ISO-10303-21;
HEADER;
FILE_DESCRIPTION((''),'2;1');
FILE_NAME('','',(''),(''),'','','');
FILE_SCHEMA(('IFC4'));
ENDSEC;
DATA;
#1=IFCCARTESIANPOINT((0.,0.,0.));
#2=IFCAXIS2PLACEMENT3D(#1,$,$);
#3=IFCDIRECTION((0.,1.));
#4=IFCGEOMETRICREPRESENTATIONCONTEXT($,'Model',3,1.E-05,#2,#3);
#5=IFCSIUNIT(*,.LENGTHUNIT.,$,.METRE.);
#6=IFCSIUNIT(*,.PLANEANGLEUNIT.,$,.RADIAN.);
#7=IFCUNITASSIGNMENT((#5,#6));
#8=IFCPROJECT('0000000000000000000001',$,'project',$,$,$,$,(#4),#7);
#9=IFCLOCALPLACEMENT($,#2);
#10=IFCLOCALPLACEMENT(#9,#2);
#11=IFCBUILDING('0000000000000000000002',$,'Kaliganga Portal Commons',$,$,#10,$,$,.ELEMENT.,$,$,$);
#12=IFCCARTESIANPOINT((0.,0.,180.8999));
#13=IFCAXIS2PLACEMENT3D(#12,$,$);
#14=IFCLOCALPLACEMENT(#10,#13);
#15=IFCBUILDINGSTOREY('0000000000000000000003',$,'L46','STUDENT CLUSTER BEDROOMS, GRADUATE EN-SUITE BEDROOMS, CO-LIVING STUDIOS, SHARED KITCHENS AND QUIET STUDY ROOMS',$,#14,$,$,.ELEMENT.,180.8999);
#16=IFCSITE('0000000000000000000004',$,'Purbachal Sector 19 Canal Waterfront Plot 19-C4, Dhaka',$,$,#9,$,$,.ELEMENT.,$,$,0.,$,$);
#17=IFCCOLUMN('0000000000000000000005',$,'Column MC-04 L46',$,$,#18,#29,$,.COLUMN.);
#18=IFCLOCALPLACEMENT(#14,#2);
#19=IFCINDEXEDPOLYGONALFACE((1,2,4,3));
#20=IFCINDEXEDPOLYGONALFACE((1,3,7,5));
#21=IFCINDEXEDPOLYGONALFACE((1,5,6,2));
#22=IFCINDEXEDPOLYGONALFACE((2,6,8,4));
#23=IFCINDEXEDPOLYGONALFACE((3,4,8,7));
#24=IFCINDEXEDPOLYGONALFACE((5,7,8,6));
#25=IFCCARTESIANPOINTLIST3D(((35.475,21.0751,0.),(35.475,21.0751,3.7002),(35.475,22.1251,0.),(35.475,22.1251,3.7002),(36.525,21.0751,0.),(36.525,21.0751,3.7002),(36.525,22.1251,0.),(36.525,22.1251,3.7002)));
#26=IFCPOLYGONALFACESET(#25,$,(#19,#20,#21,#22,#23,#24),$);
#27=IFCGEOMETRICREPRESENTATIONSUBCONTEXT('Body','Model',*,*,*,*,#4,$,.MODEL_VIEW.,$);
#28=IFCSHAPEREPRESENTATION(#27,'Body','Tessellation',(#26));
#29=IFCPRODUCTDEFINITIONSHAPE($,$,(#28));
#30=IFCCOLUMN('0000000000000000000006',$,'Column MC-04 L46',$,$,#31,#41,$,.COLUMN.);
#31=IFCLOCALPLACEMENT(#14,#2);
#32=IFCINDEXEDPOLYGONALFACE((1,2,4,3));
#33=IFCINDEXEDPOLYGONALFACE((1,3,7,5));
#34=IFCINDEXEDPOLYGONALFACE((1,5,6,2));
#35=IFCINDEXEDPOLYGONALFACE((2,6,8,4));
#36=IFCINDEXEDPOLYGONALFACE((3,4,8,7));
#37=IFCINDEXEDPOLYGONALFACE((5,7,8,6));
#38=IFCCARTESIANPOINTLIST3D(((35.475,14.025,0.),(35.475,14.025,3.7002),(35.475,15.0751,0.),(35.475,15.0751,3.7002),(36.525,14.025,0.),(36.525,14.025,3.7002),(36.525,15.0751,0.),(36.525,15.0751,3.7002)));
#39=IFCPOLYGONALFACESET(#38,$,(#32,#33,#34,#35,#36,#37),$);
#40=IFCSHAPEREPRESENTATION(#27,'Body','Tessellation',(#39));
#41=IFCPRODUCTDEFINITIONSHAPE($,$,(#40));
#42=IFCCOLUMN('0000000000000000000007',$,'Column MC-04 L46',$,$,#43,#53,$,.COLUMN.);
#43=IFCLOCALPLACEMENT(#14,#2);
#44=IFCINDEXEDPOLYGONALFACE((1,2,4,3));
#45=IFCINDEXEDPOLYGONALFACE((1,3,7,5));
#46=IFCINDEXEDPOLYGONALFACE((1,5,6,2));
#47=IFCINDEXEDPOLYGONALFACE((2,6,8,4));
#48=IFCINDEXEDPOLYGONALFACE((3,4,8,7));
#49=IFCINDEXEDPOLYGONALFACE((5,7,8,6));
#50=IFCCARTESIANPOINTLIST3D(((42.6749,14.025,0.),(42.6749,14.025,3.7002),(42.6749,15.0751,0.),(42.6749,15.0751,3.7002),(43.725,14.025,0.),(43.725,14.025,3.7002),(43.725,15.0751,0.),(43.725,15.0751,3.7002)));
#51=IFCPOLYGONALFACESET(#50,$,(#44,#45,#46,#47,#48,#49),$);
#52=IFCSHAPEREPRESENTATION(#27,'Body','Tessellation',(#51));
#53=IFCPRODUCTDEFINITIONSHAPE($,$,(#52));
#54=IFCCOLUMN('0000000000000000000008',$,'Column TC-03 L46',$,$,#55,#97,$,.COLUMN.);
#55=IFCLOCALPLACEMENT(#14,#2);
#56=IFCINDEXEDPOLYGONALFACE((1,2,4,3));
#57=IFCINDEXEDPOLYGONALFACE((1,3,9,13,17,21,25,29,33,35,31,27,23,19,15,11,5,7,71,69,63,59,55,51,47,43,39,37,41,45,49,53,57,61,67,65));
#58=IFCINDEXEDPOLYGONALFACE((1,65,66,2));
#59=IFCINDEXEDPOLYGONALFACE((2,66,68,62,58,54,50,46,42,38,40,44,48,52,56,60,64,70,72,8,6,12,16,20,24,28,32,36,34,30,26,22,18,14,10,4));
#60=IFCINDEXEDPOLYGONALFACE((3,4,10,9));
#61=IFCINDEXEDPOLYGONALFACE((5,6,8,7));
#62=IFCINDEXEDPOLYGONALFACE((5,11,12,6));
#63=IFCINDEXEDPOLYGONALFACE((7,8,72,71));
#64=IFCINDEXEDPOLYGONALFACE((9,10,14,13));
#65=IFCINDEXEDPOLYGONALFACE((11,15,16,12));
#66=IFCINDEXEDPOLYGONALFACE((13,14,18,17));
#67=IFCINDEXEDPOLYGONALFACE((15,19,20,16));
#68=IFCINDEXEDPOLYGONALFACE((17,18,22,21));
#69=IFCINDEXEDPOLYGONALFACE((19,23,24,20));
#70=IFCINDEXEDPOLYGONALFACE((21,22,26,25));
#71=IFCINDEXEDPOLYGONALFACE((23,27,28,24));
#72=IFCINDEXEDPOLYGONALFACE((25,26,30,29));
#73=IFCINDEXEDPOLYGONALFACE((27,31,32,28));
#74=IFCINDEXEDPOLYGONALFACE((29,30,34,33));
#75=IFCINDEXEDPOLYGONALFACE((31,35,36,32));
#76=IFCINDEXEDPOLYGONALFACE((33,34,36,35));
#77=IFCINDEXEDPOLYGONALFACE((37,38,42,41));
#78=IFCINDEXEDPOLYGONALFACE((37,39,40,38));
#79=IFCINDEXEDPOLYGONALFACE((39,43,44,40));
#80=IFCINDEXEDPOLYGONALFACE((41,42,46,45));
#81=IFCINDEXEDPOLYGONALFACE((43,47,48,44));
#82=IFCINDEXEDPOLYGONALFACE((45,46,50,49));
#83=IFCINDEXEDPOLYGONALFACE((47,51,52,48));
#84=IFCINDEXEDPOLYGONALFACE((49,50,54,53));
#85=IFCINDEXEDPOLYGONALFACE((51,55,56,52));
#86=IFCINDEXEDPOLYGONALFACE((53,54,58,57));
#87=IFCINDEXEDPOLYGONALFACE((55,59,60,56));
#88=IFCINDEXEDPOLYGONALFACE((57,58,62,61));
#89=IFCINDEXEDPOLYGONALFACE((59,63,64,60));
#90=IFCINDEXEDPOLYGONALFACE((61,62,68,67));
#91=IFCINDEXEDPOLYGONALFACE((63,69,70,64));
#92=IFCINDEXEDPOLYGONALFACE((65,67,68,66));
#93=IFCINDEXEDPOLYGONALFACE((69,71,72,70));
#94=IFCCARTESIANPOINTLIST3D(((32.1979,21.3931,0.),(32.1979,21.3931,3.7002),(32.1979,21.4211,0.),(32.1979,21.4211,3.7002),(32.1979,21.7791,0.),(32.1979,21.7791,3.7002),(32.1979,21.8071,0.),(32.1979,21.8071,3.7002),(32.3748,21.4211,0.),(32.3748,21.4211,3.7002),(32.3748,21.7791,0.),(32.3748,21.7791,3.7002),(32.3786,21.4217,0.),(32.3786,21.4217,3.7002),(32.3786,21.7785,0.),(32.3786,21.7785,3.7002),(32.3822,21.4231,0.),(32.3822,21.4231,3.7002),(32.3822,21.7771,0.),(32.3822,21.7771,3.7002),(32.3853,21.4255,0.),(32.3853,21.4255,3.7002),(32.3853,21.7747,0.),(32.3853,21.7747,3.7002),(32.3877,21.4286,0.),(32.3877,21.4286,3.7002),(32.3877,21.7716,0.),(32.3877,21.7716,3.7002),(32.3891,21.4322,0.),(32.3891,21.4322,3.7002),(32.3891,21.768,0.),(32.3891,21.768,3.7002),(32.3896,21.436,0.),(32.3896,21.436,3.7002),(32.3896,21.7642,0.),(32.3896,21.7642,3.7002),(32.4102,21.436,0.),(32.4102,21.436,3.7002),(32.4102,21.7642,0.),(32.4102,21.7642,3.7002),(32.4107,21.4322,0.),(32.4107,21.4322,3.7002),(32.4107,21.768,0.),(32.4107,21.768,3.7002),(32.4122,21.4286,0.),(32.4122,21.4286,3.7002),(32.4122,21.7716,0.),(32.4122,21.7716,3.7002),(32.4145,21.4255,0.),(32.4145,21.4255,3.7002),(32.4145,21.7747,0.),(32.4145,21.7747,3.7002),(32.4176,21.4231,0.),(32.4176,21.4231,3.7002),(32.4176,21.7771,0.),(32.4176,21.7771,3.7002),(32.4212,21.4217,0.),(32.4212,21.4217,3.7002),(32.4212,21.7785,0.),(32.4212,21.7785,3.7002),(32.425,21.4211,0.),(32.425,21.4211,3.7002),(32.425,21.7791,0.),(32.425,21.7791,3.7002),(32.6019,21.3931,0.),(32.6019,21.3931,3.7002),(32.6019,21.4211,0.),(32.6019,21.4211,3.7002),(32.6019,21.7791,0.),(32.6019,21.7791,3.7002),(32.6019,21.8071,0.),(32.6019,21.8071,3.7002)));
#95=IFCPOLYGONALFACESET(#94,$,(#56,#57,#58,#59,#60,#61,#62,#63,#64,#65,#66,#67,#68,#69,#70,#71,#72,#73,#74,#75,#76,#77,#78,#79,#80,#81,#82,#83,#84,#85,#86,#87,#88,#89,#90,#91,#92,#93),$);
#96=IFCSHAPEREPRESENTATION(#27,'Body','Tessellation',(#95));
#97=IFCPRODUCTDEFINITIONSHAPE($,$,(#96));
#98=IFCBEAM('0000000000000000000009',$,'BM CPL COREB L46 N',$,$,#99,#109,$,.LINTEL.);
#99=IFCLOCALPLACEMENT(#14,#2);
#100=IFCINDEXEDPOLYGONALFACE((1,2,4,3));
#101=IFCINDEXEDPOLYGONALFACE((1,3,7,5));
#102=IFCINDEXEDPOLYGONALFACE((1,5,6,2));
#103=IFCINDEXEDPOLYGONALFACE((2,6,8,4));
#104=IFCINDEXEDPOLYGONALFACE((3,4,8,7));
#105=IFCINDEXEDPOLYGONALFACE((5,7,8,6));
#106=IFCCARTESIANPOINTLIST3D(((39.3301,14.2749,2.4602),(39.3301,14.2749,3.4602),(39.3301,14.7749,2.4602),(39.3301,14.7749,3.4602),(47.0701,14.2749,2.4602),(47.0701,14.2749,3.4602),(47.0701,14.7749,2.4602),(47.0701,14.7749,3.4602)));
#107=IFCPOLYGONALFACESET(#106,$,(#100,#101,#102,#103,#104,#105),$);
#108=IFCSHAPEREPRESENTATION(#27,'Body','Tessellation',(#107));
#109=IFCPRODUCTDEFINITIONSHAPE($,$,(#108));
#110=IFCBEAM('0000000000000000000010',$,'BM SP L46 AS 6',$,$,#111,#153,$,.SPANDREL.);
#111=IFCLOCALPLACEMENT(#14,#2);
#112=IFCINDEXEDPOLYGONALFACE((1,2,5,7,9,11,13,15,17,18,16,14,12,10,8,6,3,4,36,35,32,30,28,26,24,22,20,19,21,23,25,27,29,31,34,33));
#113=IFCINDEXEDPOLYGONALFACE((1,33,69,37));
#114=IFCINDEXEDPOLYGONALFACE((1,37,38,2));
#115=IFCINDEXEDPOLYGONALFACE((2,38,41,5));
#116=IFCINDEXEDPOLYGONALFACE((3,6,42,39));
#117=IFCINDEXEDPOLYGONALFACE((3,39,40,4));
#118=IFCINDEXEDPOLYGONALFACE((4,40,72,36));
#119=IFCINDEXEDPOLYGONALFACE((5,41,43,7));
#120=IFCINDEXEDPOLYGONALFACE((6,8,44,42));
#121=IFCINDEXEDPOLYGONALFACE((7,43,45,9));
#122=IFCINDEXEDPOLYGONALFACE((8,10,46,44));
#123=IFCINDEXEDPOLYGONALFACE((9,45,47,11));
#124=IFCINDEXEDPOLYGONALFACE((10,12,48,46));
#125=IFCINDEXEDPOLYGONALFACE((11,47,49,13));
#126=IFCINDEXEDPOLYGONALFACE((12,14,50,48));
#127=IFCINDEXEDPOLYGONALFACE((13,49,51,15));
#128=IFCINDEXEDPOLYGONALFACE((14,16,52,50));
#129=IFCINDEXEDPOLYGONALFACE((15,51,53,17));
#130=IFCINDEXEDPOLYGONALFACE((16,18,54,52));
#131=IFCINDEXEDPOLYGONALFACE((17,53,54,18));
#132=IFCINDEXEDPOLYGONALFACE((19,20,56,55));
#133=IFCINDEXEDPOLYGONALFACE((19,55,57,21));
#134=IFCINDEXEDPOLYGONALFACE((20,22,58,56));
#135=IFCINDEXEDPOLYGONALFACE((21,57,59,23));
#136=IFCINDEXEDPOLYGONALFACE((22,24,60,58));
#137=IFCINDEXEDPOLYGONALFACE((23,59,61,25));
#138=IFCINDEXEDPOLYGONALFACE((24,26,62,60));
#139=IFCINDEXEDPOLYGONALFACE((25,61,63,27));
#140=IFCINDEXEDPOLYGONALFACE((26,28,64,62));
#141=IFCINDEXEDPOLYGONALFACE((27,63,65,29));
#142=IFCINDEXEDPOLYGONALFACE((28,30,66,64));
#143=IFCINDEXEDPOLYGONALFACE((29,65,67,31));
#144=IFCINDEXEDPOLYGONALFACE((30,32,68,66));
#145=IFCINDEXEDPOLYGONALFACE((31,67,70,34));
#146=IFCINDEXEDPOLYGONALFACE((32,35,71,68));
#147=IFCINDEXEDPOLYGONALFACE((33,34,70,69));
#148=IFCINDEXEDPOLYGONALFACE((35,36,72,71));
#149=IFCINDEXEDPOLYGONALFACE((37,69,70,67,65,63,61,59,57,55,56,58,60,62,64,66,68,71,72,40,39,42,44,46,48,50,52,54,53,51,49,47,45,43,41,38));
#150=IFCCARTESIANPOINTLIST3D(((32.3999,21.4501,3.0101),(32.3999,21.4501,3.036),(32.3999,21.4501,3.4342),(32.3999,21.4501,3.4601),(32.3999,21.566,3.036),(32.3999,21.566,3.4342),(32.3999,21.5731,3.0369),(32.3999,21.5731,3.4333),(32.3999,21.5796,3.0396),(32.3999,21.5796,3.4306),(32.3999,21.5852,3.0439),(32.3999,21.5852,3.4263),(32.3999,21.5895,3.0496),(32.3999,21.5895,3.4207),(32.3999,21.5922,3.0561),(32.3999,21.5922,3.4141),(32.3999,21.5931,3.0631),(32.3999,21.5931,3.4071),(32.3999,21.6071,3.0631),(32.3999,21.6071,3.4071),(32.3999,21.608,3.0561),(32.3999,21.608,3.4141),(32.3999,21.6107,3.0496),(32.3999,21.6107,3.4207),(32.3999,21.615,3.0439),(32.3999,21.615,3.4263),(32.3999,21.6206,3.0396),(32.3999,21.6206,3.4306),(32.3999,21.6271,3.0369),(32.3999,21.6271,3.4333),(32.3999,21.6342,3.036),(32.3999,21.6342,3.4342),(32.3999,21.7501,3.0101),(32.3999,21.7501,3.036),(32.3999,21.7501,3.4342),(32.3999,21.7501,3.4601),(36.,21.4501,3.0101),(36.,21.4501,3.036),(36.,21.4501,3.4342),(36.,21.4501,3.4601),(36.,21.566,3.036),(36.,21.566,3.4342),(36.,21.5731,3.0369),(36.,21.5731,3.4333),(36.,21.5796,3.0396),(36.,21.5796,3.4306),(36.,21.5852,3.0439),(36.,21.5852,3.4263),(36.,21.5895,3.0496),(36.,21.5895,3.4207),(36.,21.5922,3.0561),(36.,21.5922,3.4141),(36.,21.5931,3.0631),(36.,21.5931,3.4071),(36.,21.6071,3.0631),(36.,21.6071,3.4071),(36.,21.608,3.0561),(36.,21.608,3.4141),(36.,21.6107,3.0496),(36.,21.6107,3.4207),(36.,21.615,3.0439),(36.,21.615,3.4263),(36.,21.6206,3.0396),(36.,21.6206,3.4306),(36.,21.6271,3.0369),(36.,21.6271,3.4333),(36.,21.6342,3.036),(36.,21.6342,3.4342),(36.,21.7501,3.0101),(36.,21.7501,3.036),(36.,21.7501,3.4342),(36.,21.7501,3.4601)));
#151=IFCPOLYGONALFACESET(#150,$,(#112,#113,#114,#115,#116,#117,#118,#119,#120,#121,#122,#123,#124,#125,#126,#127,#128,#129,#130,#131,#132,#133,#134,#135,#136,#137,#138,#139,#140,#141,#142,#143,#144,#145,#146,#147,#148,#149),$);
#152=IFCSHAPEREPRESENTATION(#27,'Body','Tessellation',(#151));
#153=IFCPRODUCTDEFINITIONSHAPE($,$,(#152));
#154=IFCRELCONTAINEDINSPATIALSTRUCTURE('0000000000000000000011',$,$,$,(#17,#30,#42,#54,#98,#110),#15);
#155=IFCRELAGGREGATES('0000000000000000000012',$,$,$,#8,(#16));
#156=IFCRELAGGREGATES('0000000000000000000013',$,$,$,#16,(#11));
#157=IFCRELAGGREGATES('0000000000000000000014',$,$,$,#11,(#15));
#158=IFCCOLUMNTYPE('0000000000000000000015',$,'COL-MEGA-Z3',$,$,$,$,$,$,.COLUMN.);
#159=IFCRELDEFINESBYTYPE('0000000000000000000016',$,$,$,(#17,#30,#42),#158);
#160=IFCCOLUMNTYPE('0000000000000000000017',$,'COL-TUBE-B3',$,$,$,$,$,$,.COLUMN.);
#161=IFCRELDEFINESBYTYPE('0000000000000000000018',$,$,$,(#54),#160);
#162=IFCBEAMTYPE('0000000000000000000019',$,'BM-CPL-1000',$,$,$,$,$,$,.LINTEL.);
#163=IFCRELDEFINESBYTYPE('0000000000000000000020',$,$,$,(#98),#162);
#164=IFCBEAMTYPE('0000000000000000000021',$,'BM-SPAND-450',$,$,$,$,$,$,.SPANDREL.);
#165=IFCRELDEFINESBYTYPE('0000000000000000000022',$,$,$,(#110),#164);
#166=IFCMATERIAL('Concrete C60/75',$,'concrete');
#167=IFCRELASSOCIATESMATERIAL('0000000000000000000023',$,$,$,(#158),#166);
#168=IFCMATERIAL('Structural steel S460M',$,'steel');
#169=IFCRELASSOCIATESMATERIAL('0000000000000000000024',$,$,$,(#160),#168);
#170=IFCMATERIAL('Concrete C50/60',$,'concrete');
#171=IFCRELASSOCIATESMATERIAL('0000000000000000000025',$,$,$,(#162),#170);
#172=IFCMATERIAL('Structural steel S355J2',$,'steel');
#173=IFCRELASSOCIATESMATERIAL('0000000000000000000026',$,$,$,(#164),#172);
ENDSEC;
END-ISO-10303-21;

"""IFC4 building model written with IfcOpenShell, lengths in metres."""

from ifc_helpers import new_model, si_unit, direction, frame, origin, origin_2d, place, context, subcontext, project, spatial, rectangle, i_section, extrude, source, transform, mapped, material, material_profile, profile_set, type_object, element, save


model = new_model("IFC4")

# Units and contexts
model_context = context("Model", 3, precision=1e-05, world=origin(), true_north=direction((0.0, 1.0)))
body_context = subcontext(model_context, "Body", "Model", "MODEL_VIEW")
ifc_project = project(units=[si_unit("LENGTHUNIT", "METRE"), si_unit("PLANEANGLEUNIT", "RADIAN")], contexts=[model_context])

# Site, building, storey
site_placement = place(None, origin())
site = spatial("IfcSite", under=ifc_project, at=site_placement, Name="Purbachal Sector 19 Canal Waterfront Plot 19-C4, Dhaka", CompositionType="ELEMENT", RefElevation=0.0)
building_placement = place(site_placement, origin())
building = spatial("IfcBuilding", under=site, at=building_placement, Name="Kaliganga Portal Commons", CompositionType="ELEMENT")
storey_placement = place(building_placement, frame((0.0, 0.0, 180.8999)))
storey = spatial("IfcBuildingStorey", under=building, at=storey_placement, Name="L46", Description="STUDENT CLUSTER BEDROOMS, GRADUATE EN-SUITE BEDROOMS, CO-LIVING STUDIOS, SHARED KITCHENS AND QUIET STUDY ROOMS", CompositionType="ELEMENT", Elevation=180.8999)

# Columns
ifc_material_1 = material(Name="Concrete C60/75", Category="concrete")
ifc_material_profile_1 = material_profile(ifc_material_1, rectangle(XDim=1.05, YDim=1.05, at=origin_2d()), Name="RC 1050x1050")
ifc_profile_set_1 = profile_set([ifc_material_profile_1], Name="Concrete C60/75")
column_type_1 = type_object("IfcColumnType", Name="COL-MEGA-Z3", PredefinedType="COLUMN", material=ifc_profile_set_1)
shared_shape_1 = source(origin(), body_context, "Body", "SweptSolid", [
    extrude(rectangle(XDim=1.05, YDim=1.05, at=origin_2d()), origin(), (0.0, 0.0, 1.0), 3.7002),
])
for number, where, z_axis, x_axis, name in (
    (1, (36.0, 21.6001, 0.0), (0.0, 0.0, 1.0), (1.0, 0.0, 0.0), "Column MC-04 L46"),
    (2, (36.0, 14.55, 0.0), (0.0, 0.0, 1.0), (1.0, 0.0, 0.0), "Column MC-04 L46"),
    (3, (43.2, 14.55, 0.0), (0.0, 0.0, 1.0), (1.0, 0.0, 0.0), "Column MC-04 L46"),
):
    element("IfcColumn", number, at=place(storey_placement, frame(where, z_axis=z_axis, x_axis=x_axis)), inside=storey, type_object=column_type_1, Name=name, PredefinedType="COLUMN", context=body_context, shape_type="MappedRepresentation", body=[
        mapped(shared_shape_1, transform((0.0, 0.0, 0.0), x_axis=(1.0, 0.0, 0.0), y_axis=(0.0, 1.0, 0.0), z_axis=(0.0, 0.0, 1.0), scale=1.0)),
    ])
ifc_material_2 = material(Name="Structural steel S460M", Category="steel")
ifc_material_profile_2 = material_profile(ifc_material_2, i_section(OverallWidth=0.4041, OverallDepth=0.4141, WebThickness=0.0205, FlangeThickness=0.0281, FilletRadius=0.0149, at=origin_2d()), Name="HD 400x347")
ifc_profile_set_2 = profile_set([ifc_material_profile_2], Name="Structural steel S460M wide-flange")
column_type_2 = type_object("IfcColumnType", Name="COL-TUBE-B3", PredefinedType="COLUMN", material=ifc_profile_set_2)
shared_shape_2 = source(origin(), body_context, "Body", "SweptSolid", [
    extrude(i_section(OverallWidth=0.4041, OverallDepth=0.4141, WebThickness=0.0205, FlangeThickness=0.0281, FilletRadius=0.0149, at=origin_2d()), origin(), (0.0, 0.0, 1.0), 3.7002),
])
column_placement = place(storey_placement, frame((32.3999, 21.6001, 0.0), z_axis=(0.0, 0.0, 1.0), x_axis=(1.0, 0.0, 0.0)))
element("IfcColumn", 4, at=column_placement, inside=storey, type_object=column_type_2, Name="Column TC-03 L46", PredefinedType="COLUMN", context=body_context, shape_type="MappedRepresentation", body=[
    mapped(shared_shape_2, transform((0.0, 0.0, 0.0), x_axis=(1.0, 0.0, 0.0), y_axis=(0.0, 1.0, 0.0), z_axis=(0.0, 0.0, 1.0), scale=1.0)),
])

# Beams
ifc_material_3 = material(Name="Concrete C50/60", Category="concrete")
ifc_material_profile_3 = material_profile(ifc_material_3, rectangle(XDim=0.5, YDim=1.0, at=origin_2d()), Name="RC 500x1000")
ifc_profile_set_3 = profile_set([ifc_material_profile_3], Name="Concrete C50/60")
beam_type_1 = type_object("IfcBeamType", Name="BM-CPL-1000", PredefinedType="LINTEL", material=ifc_profile_set_3)
shared_shape_3 = source(origin(), body_context, "Body", "SweptSolid", [
    extrude(rectangle(XDim=0.5, YDim=1.0, at=origin_2d()), origin(), (0.0, 0.0, 1.0), 7.74),
])
beam_1_placement = place(storey_placement, frame((39.3301, 14.5249, 2.9602), z_axis=(1.0, 0.0, 0.0), x_axis=(0.0, 1.0, 0.0)))
element("IfcBeam", 5, at=beam_1_placement, inside=storey, type_object=beam_type_1, Name="BM CPL COREB L46 N", PredefinedType="LINTEL", context=body_context, shape_type="MappedRepresentation", body=[
    mapped(shared_shape_3, transform((0.0, 0.0, 0.0), x_axis=(1.0, 0.0, 0.0), y_axis=(0.0, 1.0, 0.0), z_axis=(0.0, 0.0, 1.0), scale=1.0)),
])
ifc_material_4 = material(Name="Structural steel S355J2", Category="steel")
ifc_material_profile_4 = material_profile(ifc_material_4, i_section(OverallWidth=0.3, OverallDepth=0.45, WebThickness=0.0139, FlangeThickness=0.0259, FilletRadius=0.0271, at=origin_2d()), Name="HE 450 B")
ifc_profile_set_4 = profile_set([ifc_material_profile_4], Name="Structural steel S355J2 wide-flange")
beam_type_2 = type_object("IfcBeamType", Name="BM-SPAND-450", PredefinedType="SPANDREL", material=ifc_profile_set_4)
shared_shape_4 = source(origin(), body_context, "Body", "SweptSolid", [
    extrude(i_section(OverallWidth=0.3, OverallDepth=0.45, WebThickness=0.0139, FlangeThickness=0.0259, FilletRadius=0.0271, at=origin_2d()), origin(), (0.0, 0.0, 1.0), 3.6001),
])
beam_2_placement = place(storey_placement, frame((32.3999, 21.6001, 3.2351), z_axis=(1.0, 0.0, 0.0), x_axis=(0.0, 1.0, 0.0)))
element("IfcBeam", 6, at=beam_2_placement, inside=storey, type_object=beam_type_2, Name="BM SP L46 AS 6", PredefinedType="SPANDREL", context=body_context, shape_type="MappedRepresentation", body=[
    mapped(shared_shape_4, transform((0.0, 0.0, 0.0), x_axis=(1.0, 0.0, 0.0), y_axis=(0.0, 1.0, 0.0), z_axis=(0.0, 0.0, 1.0), scale=1.0)),
])

save(model, "model.ifc")
